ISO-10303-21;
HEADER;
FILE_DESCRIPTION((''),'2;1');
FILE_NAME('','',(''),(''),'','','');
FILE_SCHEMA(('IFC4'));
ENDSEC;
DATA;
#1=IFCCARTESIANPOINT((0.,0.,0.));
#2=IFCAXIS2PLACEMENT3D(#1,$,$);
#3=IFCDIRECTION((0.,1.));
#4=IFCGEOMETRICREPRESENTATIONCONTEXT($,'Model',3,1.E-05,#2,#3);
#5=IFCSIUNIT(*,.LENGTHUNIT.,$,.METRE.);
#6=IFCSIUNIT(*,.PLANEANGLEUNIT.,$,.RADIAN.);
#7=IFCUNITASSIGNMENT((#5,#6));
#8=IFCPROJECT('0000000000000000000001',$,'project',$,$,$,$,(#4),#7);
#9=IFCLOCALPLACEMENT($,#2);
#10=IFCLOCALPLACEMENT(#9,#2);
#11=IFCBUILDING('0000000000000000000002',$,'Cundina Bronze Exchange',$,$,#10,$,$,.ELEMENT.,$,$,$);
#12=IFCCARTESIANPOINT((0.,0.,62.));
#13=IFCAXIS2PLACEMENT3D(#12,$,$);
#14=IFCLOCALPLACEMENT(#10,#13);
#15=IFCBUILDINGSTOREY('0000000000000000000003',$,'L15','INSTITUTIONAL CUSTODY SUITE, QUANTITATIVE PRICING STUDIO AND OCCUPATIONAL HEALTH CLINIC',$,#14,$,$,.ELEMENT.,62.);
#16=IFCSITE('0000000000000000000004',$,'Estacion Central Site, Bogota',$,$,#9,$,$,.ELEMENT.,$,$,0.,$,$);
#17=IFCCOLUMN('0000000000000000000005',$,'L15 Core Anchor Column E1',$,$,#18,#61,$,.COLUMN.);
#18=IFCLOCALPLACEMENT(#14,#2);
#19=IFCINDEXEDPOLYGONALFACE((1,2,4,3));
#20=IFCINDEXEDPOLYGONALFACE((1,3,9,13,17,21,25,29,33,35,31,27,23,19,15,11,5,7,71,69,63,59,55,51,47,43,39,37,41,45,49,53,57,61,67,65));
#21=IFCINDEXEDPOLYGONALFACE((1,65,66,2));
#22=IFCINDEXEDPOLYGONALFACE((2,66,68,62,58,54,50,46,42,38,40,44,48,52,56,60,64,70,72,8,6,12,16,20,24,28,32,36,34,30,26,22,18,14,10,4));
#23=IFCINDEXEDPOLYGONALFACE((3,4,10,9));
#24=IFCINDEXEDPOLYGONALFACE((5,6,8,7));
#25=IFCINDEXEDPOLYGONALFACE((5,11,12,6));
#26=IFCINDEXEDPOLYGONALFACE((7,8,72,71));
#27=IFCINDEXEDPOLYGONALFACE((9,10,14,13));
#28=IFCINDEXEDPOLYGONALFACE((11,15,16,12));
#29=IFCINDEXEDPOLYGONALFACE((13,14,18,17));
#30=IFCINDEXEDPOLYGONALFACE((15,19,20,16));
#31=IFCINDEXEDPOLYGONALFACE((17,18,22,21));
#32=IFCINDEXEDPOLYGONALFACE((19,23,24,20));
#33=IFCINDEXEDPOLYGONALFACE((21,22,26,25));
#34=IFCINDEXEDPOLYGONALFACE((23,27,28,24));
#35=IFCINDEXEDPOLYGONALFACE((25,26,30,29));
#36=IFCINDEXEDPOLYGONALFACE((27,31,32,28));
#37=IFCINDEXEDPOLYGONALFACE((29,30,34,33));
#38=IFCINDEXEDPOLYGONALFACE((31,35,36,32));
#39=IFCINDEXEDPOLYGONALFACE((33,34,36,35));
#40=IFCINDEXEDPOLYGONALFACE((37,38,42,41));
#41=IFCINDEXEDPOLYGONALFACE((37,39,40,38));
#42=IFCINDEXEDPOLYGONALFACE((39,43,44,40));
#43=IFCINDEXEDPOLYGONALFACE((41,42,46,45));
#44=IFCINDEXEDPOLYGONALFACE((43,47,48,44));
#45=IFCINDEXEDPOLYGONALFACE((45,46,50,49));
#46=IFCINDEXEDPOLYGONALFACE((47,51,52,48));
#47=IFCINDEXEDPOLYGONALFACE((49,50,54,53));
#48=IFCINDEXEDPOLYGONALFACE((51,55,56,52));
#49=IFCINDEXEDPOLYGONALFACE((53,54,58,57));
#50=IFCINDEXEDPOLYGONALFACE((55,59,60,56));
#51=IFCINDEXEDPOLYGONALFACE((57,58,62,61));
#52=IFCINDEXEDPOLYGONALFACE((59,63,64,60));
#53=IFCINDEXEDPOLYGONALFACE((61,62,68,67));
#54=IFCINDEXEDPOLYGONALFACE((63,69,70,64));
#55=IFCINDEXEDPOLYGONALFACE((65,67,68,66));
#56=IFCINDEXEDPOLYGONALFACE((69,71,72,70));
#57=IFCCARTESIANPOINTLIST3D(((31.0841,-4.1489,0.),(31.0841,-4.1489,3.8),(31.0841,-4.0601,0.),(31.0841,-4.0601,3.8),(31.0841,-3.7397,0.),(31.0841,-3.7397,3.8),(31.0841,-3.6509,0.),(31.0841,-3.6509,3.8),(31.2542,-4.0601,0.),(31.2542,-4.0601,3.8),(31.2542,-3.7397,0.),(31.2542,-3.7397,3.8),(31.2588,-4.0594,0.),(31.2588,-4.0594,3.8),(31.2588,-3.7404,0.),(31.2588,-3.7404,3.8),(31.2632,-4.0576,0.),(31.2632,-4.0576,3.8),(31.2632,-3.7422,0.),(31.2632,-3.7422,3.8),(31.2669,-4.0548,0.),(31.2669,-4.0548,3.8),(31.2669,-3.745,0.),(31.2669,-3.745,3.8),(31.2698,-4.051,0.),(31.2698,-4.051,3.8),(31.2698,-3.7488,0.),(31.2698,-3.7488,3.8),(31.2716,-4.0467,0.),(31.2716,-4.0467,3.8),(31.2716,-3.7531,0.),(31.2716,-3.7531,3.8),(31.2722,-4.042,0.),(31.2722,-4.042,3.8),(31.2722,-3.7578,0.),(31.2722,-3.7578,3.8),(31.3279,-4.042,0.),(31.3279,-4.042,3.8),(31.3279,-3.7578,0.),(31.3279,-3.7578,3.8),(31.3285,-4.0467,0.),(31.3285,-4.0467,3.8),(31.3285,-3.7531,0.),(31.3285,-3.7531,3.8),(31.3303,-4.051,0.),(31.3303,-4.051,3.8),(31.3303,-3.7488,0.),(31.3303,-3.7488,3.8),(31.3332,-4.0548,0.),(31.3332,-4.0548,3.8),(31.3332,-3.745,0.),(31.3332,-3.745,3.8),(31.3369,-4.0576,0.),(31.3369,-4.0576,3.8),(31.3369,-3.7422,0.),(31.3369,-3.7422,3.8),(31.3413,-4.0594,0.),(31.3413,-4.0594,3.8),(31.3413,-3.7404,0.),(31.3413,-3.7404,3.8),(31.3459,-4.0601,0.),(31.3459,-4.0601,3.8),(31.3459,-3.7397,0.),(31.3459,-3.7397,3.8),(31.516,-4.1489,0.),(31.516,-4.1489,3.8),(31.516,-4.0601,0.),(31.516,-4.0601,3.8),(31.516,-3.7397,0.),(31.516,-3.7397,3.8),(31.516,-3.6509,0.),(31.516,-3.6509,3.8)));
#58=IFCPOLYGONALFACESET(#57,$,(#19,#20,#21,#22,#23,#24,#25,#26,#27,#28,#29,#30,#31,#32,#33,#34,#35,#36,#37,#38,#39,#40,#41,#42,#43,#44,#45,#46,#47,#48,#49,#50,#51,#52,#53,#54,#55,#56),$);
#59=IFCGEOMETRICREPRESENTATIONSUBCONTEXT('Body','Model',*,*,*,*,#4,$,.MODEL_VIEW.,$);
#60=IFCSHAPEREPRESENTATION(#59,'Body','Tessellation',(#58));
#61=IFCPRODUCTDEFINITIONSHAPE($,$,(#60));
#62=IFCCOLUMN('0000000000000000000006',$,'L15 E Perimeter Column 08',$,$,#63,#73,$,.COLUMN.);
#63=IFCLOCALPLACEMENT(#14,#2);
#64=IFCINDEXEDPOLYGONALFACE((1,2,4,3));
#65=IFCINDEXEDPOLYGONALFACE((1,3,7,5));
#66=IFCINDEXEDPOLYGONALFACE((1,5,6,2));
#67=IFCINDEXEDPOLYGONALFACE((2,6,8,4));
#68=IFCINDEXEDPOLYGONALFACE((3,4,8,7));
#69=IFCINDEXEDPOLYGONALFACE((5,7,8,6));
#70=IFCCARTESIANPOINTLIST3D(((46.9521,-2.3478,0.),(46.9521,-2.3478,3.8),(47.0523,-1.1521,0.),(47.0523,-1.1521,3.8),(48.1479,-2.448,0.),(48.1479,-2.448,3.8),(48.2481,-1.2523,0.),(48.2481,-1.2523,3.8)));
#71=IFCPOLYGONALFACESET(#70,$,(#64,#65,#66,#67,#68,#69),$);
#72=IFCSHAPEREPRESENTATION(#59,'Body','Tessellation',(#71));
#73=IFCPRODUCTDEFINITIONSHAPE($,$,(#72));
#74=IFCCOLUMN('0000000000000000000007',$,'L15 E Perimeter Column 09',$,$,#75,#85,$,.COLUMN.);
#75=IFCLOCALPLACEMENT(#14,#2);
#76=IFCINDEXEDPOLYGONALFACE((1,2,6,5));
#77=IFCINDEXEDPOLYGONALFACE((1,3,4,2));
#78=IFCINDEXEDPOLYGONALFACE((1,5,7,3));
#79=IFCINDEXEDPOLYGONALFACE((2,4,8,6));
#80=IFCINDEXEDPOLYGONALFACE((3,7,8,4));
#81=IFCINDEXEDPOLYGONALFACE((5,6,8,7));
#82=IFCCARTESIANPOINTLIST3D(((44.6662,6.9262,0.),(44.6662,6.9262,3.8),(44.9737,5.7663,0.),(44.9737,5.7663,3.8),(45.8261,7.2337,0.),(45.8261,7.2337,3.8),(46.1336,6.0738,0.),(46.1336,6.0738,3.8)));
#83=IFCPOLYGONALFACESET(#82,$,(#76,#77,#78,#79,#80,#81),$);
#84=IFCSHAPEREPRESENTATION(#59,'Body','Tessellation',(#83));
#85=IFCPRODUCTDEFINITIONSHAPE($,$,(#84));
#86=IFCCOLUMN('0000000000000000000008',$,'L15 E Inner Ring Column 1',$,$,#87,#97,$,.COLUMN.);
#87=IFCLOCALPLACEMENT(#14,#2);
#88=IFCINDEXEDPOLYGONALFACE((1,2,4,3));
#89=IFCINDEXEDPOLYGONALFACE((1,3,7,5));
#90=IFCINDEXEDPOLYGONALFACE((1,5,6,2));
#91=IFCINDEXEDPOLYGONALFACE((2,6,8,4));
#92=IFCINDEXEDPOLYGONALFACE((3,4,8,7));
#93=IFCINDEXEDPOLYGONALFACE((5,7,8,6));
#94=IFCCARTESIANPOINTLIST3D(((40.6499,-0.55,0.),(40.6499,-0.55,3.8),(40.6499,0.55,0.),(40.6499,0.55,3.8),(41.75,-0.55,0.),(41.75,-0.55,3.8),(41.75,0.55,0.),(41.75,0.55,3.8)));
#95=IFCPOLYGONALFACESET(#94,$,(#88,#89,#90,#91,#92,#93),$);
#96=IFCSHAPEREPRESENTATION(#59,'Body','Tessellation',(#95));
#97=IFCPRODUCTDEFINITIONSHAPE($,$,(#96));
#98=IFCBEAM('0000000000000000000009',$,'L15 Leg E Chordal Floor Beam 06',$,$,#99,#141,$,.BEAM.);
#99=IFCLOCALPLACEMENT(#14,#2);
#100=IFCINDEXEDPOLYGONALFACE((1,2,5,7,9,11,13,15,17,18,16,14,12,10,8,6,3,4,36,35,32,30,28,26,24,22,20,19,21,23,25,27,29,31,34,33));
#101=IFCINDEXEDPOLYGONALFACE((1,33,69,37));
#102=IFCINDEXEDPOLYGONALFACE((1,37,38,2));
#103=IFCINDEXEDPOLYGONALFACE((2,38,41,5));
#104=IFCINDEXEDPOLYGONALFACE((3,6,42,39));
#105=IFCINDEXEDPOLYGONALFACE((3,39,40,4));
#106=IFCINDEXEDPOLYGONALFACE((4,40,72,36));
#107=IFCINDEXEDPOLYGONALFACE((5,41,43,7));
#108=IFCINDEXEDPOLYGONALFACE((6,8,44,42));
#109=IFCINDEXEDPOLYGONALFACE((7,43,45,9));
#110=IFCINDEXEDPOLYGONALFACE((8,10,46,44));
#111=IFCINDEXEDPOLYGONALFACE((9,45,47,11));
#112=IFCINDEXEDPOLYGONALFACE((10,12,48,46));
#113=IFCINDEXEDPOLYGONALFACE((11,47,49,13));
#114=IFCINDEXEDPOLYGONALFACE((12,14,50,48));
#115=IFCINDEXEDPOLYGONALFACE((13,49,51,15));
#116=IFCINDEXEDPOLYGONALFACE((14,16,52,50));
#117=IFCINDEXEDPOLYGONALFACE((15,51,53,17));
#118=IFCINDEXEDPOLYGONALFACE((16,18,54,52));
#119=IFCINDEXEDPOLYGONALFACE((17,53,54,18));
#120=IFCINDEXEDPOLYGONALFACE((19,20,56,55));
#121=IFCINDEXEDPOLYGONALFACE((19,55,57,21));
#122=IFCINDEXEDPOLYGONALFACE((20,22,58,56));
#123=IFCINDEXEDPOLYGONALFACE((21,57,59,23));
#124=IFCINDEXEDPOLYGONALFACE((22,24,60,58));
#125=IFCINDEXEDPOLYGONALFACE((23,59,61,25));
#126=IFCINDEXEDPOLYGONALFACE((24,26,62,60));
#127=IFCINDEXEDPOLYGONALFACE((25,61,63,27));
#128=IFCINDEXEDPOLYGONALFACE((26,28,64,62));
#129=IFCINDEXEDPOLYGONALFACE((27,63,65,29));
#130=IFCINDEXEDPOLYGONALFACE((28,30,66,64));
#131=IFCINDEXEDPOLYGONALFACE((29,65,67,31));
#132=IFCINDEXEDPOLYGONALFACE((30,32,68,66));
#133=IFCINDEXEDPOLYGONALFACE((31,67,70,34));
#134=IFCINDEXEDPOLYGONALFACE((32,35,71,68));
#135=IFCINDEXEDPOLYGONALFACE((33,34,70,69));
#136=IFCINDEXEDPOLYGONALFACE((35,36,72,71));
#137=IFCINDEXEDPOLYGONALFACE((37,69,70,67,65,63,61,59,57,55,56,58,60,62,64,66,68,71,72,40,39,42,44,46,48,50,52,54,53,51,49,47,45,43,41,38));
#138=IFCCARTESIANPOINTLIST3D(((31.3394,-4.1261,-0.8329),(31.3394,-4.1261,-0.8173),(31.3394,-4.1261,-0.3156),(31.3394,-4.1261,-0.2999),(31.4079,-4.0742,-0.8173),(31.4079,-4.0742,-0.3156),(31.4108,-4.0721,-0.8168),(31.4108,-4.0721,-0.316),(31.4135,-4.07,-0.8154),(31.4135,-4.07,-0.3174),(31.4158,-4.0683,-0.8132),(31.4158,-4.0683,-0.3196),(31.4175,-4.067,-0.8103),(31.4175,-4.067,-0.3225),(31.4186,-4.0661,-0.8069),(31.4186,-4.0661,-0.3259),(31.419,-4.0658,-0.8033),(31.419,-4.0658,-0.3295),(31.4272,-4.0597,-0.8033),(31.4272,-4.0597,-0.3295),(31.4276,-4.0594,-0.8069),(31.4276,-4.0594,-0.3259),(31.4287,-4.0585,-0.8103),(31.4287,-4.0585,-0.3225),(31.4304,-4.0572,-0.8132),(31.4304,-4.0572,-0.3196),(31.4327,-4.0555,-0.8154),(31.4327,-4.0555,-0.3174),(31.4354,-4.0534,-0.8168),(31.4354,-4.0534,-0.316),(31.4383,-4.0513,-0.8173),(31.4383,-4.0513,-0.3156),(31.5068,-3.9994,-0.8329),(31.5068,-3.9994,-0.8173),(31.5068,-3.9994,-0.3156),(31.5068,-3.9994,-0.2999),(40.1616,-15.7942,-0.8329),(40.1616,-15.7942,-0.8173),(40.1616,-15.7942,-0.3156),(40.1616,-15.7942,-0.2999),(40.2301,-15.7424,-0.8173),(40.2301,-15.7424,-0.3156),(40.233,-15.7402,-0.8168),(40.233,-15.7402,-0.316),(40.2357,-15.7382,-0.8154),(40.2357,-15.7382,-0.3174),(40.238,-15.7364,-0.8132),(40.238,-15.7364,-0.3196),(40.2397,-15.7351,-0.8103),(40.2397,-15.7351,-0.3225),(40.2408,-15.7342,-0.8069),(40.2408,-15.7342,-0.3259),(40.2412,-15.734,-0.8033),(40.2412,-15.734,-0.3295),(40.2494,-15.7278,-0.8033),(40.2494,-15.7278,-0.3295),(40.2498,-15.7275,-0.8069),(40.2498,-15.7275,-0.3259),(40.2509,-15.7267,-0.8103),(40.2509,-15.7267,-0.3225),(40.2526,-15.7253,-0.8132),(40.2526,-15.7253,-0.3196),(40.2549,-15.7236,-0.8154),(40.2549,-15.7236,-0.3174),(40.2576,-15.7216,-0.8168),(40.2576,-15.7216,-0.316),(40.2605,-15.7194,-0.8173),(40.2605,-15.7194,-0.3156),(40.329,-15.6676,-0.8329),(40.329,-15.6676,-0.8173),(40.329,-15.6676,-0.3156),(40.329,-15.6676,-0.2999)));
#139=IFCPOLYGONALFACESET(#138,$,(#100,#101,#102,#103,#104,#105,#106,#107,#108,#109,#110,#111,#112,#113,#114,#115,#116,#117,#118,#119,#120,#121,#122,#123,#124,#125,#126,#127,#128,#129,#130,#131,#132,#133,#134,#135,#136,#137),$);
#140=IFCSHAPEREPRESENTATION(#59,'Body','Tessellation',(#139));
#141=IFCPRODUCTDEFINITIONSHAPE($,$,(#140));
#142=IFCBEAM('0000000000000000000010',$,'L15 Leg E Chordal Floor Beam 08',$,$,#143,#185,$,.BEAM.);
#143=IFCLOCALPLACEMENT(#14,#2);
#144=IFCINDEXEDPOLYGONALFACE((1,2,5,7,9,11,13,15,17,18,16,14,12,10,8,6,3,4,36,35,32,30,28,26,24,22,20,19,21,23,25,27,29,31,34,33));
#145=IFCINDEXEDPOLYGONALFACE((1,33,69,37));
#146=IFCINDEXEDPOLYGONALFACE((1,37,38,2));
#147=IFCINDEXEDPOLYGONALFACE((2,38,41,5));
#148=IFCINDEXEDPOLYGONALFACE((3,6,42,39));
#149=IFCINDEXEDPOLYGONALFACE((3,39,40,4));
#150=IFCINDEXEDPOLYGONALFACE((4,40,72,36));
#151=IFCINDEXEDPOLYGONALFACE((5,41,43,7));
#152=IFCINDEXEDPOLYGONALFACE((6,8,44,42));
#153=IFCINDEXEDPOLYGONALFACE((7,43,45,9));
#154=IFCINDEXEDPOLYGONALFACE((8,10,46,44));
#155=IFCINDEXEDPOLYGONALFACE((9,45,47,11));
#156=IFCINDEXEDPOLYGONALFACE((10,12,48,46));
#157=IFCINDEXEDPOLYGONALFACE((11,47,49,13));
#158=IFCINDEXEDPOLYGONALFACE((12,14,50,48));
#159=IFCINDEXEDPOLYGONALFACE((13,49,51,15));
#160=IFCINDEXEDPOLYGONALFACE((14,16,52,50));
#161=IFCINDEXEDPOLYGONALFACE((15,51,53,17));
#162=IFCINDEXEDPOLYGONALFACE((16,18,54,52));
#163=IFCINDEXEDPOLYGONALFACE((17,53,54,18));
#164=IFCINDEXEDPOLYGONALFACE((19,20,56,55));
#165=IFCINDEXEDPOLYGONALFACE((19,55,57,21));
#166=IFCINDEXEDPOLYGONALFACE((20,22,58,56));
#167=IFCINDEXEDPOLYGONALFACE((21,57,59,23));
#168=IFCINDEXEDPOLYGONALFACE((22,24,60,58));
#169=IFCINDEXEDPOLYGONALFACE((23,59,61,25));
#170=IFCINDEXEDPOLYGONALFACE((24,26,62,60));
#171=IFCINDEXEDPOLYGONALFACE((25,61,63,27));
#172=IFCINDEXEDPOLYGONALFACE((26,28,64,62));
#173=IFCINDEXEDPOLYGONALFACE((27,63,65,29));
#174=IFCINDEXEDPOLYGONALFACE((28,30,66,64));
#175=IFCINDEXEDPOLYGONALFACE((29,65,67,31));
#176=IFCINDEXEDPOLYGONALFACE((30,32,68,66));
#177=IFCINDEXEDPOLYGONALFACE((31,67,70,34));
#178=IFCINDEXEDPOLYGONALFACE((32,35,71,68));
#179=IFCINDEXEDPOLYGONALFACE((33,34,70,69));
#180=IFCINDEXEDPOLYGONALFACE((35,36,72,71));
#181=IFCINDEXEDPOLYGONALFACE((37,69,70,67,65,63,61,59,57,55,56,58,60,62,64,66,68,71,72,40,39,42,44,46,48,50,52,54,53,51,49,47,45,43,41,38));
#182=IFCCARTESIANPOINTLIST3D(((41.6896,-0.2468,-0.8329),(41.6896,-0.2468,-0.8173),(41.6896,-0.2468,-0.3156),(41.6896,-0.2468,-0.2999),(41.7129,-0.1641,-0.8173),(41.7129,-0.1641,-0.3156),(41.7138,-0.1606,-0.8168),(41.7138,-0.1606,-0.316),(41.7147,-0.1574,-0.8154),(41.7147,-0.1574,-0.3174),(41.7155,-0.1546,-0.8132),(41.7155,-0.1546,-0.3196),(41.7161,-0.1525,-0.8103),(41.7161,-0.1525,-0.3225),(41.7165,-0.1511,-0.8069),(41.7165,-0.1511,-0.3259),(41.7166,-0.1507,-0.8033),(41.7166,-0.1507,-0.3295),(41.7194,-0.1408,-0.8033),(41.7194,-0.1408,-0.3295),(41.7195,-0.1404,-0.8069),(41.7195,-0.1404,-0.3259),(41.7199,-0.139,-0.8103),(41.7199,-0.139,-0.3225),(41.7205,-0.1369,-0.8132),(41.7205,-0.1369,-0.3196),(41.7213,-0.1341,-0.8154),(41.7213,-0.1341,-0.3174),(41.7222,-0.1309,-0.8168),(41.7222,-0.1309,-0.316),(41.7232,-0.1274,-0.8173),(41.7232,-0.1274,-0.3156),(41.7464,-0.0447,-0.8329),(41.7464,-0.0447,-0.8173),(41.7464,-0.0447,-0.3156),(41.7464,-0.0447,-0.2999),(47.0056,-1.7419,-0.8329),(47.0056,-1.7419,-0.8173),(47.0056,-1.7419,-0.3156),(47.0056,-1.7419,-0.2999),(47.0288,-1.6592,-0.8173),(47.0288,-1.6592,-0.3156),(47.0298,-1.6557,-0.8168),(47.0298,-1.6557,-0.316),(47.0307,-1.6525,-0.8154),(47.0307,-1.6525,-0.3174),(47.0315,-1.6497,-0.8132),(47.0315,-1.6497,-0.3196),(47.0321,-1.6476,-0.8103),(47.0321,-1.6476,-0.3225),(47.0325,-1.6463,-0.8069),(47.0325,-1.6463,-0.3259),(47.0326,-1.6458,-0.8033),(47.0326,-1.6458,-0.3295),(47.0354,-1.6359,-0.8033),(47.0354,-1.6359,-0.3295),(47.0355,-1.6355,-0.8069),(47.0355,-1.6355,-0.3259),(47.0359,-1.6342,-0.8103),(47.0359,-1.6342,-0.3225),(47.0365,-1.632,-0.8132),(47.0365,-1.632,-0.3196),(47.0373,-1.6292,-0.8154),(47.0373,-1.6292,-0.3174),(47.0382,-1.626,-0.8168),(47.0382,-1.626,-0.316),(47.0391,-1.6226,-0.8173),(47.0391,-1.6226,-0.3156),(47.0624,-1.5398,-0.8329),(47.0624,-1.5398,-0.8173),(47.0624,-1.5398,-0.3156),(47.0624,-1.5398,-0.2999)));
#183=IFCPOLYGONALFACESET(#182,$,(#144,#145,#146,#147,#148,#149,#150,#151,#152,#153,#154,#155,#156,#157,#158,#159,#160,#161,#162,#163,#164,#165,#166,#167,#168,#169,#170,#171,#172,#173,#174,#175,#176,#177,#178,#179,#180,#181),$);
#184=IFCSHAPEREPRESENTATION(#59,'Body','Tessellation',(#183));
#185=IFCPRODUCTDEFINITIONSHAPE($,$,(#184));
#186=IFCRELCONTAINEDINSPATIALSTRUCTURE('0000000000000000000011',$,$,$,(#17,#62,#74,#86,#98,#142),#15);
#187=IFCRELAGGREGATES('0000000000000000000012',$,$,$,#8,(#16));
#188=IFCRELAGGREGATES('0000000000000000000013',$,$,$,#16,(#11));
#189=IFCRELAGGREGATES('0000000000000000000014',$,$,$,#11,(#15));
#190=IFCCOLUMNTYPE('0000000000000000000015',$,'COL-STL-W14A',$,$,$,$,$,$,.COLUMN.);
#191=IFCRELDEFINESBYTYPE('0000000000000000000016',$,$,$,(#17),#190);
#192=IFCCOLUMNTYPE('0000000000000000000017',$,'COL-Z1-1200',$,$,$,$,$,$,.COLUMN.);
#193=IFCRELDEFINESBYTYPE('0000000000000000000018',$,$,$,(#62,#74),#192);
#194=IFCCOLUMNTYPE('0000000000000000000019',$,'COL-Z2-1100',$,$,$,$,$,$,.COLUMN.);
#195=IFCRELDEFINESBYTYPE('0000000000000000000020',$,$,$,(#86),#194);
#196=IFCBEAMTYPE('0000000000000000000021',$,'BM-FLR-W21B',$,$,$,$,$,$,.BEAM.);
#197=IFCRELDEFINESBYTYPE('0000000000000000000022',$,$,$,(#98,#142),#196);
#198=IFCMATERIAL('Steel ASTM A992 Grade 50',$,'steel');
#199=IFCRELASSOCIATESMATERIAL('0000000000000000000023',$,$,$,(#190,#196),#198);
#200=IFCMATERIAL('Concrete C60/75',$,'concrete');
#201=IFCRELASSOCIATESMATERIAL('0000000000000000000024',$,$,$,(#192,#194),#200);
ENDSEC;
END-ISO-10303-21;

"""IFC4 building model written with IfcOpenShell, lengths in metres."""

from ifc_helpers import new_model, si_unit, direction, frame, origin, origin_2d, place, context, subcontext, project, spatial, rectangle, i_section, extrude, material, material_profile, profile_set, type_object, element, save


model = new_model("IFC4")

# Units and contexts
model_context = context("Model", 3, precision=1e-05, world=origin(), true_north=direction((0.0, 1.0)))
body_context = subcontext(model_context, "Body", "Model", "MODEL_VIEW")
ifc_project = project(units=[si_unit("LENGTHUNIT", "METRE"), si_unit("PLANEANGLEUNIT", "RADIAN")], contexts=[model_context])

# Site, building, storey
site_placement = place(None, origin())
site = spatial("IfcSite", under=ifc_project, at=site_placement, Name="Estacion Central Site, Bogota", CompositionType="ELEMENT", RefElevation=0.0)
building_placement = place(site_placement, origin())
building = spatial("IfcBuilding", under=site, at=building_placement, Name="Cundina Bronze Exchange", CompositionType="ELEMENT")
storey_placement = place(building_placement, frame((0.0, 0.0, 62.0)))
storey = spatial("IfcBuildingStorey", under=building, at=storey_placement, Name="L15", Description="INSTITUTIONAL CUSTODY SUITE, QUANTITATIVE PRICING STUDIO AND OCCUPATIONAL HEALTH CLINIC", CompositionType="ELEMENT", Elevation=62.0)

# Columns
ifc_material_1 = material(Name="Steel ASTM A992 Grade 50", Category="steel")
ifc_material_profile_1 = material_profile(ifc_material_1, i_section(OverallWidth=0.4319, OverallDepth=0.498, WebThickness=0.0557, FlangeThickness=0.0889, FilletRadius=0.0181, at=origin_2d()), Name="W14X500", Category="steel")
ifc_profile_set_1 = profile_set([ifc_material_profile_1], Name="Steel ASTM A992 Grade 50")
column_type_1 = type_object("IfcColumnType", Name="COL-STL-W14A", PredefinedType="COLUMN", material=ifc_profile_set_1)
column_1_placement = place(storey_placement, frame((31.3, -3.8999, 0.0), z_axis=(0.0, 0.0, 1.0), x_axis=(1.0, 0.0, 0.0)))
element("IfcColumn", 1, at=column_1_placement, inside=storey, type_object=column_type_1, Name="L15 Core Anchor Column E1", PredefinedType="COLUMN", context=body_context, shape_type="SweptSolid", body=[
    extrude(i_section(OverallWidth=0.4319, OverallDepth=0.498, WebThickness=0.0557, FlangeThickness=0.0889, FilletRadius=0.0181, at=origin_2d()), origin(), (0.0, 0.0, 1.0), 3.8),
])
ifc_material_2 = material(Name="Concrete C60/75", Category="concrete")
ifc_material_profile_2 = material_profile(ifc_material_2, rectangle(XDim=1.2, YDim=1.2, at=origin_2d()), Name="RC1200X1200", Category="concrete")
ifc_profile_set_2 = profile_set([ifc_material_profile_2], Name="Concrete C60/75")
column_type_2 = type_object("IfcColumnType", Name="COL-Z1-1200", PredefinedType="COLUMN", material=ifc_profile_set_2)
for number, where, z_axis, x_axis, name in (
    (2, (47.6001, -1.8, 0.0), (0.0, 0.0, 1.0), (0.083504, 0.996507, 0.0), "L15 E Perimeter Column 08"),
    (3, (45.3999, 6.5, 0.0), (0.0, 0.0, 1.0), (-0.256289, 0.9666, 0.0), "L15 E Perimeter Column 09"),
):
    element("IfcColumn", number, at=place(storey_placement, frame(where, z_axis=z_axis, x_axis=x_axis)), inside=storey, type_object=column_type_2, Name=name, PredefinedType="COLUMN", context=body_context, shape_type="SweptSolid", body=[
        extrude(rectangle(XDim=1.2, YDim=1.2, at=origin_2d()), origin(), (0.0, 0.0, 1.0), 3.8),
    ])
ifc_material_profile_3 = material_profile(ifc_material_2, rectangle(XDim=1.1001, YDim=1.1001, at=origin_2d()), Name="RC1100X1100", Category="concrete")
ifc_profile_set_3 = profile_set([ifc_material_profile_3], Name="Concrete C60/75")
column_type_3 = type_object("IfcColumnType", Name="COL-Z2-1100", PredefinedType="COLUMN", material=ifc_profile_set_3)
column_2_placement = place(storey_placement, frame((41.2, 0.0, 0.0), z_axis=(0.0, 0.0, 1.0), x_axis=(1.0, 0.0, 0.0)))
element("IfcColumn", 4, at=column_2_placement, inside=storey, type_object=column_type_3, Name="L15 E Inner Ring Column 1", PredefinedType="COLUMN", context=body_context, shape_type="SweptSolid", body=[
    extrude(rectangle(XDim=1.1001, YDim=1.1001, at=origin_2d()), origin(), (0.0, 0.0, 1.0), 3.8),
])

# Beams
ifc_material_profile_4 = material_profile(ifc_material_1, i_section(OverallWidth=0.21, OverallDepth=0.533, WebThickness=0.0103, FlangeThickness=0.0156, FilletRadius=0.0139, at=origin_2d()), Name="W21X62", Category="steel")
ifc_profile_set_4 = profile_set([ifc_material_profile_4], Name="Steel ASTM A992 Grade 50")
beam_type_1 = type_object("IfcBeamType", Name="BM-FLR-W21B", PredefinedType="BEAM", material=ifc_profile_set_4)
beam_1_placement = place(storey_placement, frame((31.4231, -4.0627, -0.5664), z_axis=(0.603106, -0.797661, 0.0), x_axis=(0.797661, 0.603106, 0.0)))
element("IfcBeam", 5, at=beam_1_placement, inside=storey, type_object=beam_type_1, Name="L15 Leg E Chordal Floor Beam 06", PredefinedType="BEAM", context=body_context, shape_type="SweptSolid", body=[
    extrude(i_section(OverallWidth=0.21, OverallDepth=0.533, WebThickness=0.0103, FlangeThickness=0.0156, FilletRadius=0.0139, at=origin_2d()), origin(), (0.0, 0.0, 1.0), 14.6279),
])
beam_2_placement = place(storey_placement, frame((41.718, -0.1458, -0.5664), z_axis=(0.96265, -0.270748, 0.0), x_axis=(0.270748, 0.96265, 0.0)))
element("IfcBeam", 6, at=beam_2_placement, inside=storey, type_object=beam_type_1, Name="L15 Leg E Chordal Floor Beam 08", PredefinedType="BEAM", context=body_context, shape_type="SweptSolid", body=[
    extrude(i_section(OverallWidth=0.21, OverallDepth=0.533, WebThickness=0.0103, FlangeThickness=0.0156, FilletRadius=0.0139, at=origin_2d()), origin(), (0.0, 0.0, 1.0), 5.5222),
])

save(model, "model.ifc")
